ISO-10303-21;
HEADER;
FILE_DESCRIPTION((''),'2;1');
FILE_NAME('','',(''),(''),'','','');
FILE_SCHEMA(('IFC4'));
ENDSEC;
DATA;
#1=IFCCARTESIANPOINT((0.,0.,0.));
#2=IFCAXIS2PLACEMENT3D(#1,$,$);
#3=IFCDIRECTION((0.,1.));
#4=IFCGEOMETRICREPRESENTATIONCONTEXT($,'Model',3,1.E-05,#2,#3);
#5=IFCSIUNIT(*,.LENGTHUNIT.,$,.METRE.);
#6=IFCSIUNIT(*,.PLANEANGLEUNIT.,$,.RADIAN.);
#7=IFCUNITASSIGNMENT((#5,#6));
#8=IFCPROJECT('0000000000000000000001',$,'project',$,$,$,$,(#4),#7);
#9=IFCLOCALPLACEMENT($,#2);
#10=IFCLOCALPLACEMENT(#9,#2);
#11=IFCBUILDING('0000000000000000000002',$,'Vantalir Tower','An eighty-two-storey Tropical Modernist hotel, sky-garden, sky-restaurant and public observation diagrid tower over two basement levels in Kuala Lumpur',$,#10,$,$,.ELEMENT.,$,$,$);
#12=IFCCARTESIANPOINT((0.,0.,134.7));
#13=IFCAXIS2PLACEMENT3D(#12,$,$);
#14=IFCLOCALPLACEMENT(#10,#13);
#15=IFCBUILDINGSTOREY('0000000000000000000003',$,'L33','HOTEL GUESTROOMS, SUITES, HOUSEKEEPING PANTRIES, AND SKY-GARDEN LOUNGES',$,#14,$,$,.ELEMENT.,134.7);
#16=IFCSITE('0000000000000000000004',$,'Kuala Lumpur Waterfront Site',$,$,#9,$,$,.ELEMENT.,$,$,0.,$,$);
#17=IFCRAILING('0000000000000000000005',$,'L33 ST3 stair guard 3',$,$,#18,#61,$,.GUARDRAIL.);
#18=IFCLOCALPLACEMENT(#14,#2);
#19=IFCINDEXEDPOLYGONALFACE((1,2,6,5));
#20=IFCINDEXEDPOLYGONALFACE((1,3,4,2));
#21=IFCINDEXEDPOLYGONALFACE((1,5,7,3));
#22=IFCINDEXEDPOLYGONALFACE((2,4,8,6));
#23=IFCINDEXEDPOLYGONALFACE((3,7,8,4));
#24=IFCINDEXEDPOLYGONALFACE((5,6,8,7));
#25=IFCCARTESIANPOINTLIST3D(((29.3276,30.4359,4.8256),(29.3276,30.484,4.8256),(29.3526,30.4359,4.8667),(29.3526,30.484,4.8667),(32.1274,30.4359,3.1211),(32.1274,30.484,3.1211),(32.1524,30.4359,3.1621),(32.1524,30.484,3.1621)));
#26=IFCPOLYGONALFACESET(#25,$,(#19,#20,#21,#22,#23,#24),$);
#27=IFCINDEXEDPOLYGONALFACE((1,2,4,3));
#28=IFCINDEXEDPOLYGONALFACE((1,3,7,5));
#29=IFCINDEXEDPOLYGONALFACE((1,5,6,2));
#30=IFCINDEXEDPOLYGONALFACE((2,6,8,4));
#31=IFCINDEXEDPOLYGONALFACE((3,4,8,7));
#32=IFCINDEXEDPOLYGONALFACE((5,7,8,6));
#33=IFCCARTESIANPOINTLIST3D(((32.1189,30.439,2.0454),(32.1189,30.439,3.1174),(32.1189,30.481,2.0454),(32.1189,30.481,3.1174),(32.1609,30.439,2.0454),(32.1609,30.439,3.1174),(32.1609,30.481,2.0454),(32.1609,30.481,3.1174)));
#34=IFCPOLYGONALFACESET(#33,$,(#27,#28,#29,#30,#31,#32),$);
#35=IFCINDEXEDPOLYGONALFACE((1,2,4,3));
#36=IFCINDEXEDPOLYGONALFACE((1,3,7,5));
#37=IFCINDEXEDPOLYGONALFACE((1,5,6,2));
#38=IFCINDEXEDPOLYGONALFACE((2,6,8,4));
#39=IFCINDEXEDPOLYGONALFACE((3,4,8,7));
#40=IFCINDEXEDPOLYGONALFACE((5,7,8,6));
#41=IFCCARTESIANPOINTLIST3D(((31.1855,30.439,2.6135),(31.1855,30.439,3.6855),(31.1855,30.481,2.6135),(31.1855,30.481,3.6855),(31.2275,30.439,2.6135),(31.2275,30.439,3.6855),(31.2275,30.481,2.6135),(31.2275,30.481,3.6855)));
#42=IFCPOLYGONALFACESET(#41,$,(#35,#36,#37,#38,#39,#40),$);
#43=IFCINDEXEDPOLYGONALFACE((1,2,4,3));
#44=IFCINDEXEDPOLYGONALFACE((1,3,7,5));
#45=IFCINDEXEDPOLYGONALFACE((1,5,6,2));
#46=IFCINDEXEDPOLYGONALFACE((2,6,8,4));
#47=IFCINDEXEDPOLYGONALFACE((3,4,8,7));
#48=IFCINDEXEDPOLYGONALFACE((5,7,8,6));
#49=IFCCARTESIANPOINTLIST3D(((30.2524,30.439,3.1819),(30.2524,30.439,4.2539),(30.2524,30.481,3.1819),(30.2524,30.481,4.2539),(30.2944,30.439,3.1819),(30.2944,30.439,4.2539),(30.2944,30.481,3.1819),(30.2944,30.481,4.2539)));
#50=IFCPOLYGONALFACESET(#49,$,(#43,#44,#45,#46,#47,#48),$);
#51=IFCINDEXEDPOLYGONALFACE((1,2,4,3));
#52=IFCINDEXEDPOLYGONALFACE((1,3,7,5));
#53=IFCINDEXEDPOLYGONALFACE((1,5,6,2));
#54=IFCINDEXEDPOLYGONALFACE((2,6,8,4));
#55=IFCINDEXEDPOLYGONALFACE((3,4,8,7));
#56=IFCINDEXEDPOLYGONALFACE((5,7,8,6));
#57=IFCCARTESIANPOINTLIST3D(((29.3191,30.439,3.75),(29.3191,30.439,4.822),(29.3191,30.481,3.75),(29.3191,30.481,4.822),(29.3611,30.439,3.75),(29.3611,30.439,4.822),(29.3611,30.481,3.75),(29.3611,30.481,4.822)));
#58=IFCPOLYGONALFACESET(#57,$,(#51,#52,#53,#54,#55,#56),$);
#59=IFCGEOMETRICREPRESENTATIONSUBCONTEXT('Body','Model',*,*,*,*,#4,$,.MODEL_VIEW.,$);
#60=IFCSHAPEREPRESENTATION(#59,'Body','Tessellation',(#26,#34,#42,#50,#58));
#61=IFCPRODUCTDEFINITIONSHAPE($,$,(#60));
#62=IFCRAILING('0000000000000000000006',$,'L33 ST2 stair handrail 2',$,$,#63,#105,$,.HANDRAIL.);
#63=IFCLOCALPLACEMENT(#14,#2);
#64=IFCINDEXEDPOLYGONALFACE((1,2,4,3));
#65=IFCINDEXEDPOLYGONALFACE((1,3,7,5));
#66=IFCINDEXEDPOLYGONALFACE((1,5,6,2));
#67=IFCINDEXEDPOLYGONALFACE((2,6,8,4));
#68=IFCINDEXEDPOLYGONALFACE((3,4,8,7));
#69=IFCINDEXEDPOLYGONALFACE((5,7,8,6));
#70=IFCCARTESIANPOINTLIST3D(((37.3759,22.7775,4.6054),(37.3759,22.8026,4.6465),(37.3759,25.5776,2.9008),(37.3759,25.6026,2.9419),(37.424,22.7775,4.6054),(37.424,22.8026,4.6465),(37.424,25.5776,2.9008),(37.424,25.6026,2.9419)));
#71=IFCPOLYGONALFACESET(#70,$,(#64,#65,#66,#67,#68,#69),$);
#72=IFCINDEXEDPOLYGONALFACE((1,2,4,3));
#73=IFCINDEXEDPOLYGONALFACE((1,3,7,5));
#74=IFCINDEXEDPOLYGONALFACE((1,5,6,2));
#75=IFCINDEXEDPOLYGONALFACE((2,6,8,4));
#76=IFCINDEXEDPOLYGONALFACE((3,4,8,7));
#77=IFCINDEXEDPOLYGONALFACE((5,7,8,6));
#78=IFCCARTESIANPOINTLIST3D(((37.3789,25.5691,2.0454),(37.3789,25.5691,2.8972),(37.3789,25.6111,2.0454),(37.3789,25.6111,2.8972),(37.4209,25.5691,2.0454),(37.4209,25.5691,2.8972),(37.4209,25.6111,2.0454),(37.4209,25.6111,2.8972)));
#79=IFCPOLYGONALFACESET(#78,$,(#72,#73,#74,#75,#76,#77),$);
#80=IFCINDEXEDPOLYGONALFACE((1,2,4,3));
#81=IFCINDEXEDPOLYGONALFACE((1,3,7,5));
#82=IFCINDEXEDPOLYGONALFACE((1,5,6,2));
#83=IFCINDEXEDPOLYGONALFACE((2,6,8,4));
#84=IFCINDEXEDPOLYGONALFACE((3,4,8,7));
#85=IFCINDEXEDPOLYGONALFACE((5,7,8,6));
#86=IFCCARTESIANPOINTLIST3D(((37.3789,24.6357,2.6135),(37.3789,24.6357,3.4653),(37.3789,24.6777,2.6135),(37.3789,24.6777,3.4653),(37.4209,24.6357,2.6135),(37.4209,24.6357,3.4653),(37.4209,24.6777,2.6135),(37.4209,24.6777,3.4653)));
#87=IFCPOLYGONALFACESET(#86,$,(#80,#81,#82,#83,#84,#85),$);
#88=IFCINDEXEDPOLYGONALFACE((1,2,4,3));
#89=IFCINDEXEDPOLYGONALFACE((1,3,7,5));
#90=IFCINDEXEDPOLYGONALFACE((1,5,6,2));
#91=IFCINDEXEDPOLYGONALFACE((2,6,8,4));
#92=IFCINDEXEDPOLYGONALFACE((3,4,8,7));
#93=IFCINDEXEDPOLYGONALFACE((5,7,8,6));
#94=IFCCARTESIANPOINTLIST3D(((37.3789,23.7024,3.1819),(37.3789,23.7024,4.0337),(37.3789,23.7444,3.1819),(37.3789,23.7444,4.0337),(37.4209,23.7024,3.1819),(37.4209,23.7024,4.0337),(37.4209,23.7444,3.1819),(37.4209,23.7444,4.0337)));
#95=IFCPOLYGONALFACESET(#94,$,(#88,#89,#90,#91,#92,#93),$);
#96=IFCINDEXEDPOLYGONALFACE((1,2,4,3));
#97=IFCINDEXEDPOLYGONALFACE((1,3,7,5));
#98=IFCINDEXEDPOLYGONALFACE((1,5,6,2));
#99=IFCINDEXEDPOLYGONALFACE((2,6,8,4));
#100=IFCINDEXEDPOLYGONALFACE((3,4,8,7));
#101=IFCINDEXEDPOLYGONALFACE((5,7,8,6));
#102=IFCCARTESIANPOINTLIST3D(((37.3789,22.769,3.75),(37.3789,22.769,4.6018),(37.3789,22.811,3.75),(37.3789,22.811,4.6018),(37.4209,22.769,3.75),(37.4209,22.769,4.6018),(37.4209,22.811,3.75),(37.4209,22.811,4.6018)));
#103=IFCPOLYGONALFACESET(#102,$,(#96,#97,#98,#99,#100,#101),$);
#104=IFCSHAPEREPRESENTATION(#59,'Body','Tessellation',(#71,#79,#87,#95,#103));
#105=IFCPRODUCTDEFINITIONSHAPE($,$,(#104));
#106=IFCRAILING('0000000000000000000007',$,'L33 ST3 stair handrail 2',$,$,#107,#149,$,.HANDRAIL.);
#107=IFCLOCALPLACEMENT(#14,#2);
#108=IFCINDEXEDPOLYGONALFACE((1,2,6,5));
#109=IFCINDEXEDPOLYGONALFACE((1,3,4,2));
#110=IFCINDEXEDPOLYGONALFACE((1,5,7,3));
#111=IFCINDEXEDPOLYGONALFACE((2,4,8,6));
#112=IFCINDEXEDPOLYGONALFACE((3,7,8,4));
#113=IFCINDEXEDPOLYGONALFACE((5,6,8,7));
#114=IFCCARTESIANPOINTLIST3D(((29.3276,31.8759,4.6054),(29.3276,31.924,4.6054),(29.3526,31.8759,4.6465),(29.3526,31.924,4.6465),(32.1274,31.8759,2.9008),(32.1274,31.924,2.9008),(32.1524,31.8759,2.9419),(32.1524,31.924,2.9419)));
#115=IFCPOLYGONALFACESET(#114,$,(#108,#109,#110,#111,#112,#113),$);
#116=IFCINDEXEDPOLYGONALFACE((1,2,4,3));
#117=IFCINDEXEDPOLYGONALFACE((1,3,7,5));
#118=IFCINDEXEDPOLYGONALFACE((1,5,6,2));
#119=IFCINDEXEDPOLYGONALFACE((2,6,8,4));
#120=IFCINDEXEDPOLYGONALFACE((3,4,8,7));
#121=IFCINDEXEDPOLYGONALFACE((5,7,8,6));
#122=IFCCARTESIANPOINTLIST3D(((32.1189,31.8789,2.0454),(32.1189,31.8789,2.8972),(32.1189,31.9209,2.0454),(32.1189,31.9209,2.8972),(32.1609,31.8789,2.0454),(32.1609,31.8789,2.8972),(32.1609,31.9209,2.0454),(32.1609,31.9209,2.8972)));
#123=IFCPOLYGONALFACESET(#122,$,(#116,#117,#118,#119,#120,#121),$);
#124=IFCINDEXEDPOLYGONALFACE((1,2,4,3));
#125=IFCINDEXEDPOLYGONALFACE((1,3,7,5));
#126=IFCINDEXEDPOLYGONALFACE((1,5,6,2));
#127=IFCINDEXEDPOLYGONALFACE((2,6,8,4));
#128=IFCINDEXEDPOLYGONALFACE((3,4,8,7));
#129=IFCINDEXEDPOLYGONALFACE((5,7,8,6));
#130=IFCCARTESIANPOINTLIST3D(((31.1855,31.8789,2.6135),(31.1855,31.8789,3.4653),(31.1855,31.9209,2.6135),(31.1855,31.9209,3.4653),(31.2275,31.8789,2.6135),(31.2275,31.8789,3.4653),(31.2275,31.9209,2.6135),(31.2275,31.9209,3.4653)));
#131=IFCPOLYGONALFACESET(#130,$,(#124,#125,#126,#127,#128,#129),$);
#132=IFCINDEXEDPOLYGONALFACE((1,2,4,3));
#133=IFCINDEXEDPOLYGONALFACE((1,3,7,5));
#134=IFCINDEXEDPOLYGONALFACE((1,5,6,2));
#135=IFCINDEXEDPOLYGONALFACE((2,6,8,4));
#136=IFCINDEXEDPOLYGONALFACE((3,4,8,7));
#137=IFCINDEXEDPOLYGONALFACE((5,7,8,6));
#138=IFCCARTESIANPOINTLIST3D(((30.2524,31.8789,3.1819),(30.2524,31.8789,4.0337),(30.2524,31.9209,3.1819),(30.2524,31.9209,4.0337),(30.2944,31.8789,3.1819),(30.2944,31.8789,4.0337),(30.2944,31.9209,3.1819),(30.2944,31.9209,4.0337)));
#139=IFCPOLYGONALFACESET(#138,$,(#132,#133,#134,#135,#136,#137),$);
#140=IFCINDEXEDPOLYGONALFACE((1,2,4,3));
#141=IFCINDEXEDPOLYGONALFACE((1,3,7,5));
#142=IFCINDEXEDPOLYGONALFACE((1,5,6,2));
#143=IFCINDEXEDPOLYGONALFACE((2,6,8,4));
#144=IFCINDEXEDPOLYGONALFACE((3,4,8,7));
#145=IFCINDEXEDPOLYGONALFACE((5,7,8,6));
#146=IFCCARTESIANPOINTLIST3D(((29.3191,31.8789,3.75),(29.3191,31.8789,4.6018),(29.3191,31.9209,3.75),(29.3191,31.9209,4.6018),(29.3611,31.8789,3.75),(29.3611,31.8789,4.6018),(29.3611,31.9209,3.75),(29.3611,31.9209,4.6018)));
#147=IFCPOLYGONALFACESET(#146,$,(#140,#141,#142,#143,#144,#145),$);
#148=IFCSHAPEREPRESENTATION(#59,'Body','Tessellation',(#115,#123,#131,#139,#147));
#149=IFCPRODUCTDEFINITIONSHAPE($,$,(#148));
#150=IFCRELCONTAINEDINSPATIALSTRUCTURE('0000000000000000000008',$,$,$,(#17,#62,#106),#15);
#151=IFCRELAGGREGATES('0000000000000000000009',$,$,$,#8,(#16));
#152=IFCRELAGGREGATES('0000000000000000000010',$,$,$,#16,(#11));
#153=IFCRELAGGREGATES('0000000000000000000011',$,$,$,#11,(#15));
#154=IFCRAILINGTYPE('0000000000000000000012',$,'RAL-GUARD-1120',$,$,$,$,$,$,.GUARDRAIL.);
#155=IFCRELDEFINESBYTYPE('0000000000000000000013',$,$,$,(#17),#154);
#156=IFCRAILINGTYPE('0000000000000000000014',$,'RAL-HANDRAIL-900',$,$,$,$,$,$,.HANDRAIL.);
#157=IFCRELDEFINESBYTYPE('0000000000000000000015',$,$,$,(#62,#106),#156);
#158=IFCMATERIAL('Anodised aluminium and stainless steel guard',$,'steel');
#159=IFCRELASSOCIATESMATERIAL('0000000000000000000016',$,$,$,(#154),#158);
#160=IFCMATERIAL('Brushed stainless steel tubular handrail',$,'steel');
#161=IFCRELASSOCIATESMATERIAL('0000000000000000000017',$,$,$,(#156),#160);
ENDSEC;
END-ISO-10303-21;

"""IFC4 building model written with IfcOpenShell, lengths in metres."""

from ifc_helpers import new_model, si_unit, direction, frame, origin, origin_2d, place, context, subcontext, project, spatial, rectangle, extrude, material, type_object, element, save


model = new_model("IFC4")

# Units and contexts
model_context = context("Model", 3, precision=1e-05, world=origin(), true_north=direction((0.0, 1.0)))
body_context = subcontext(model_context, "Body", "Model", "MODEL_VIEW")
ifc_project = project(units=[si_unit("LENGTHUNIT", "METRE"), si_unit("PLANEANGLEUNIT", "RADIAN")], contexts=[model_context])

# Site, building, storey
site_placement = place(None, origin())
site = spatial("IfcSite", under=ifc_project, at=site_placement, Name="Kuala Lumpur Waterfront Site", CompositionType="ELEMENT", RefElevation=0.0)
building_placement = place(site_placement, origin())
building = spatial("IfcBuilding", under=site, at=building_placement, Name="Vantalir Tower", Description="An eighty-two-storey Tropical Modernist hotel, sky-garden, sky-restaurant and public observation diagrid tower over two basement levels in Kuala Lumpur", CompositionType="ELEMENT")
storey_placement = place(building_placement, frame((0.0, 0.0, 134.7)))
storey = spatial("IfcBuildingStorey", under=building, at=storey_placement, Name="L33", Description="HOTEL GUESTROOMS, SUITES, HOUSEKEEPING PANTRIES, AND SKY-GARDEN LOUNGES", CompositionType="ELEMENT", Elevation=134.7)

# Railings
ifc_material_1 = material(Name="Anodised aluminium and stainless steel guard", Category="steel")
railing_type_1 = type_object("IfcRailingType", Name="RAL-GUARD-1120", PredefinedType="GUARDRAIL", material=ifc_material_1)
railing_1_placement = place(storey_placement, frame((32.1399, 30.46, 2.0454)))
element("IfcRailing", 1, at=railing_1_placement, inside=storey, type_object=railing_type_1, Name="L33 ST3 stair guard 3", PredefinedType="GUARDRAIL", context=body_context, shape_type="SweptSolid", body=[
    extrude(rectangle(XDim=0.0481, YDim=0.0481, at=origin_2d()), frame((0.0, 0.0, 1.0962), z_axis=(-0.85415, 0.0, 0.520027), x_axis=(0.0, -1.0, 0.0)), (0.0, 0.0, 1.0), 3.2778),
    extrude(rectangle(XDim=0.042, YDim=0.042, at=origin_2d()), origin(), (0.0, 0.0, 1.0), 1.072),
    extrude(rectangle(XDim=0.042, YDim=0.042, at=origin_2d()), frame((-0.9333, 0.0, 0.5681)), (0.0, 0.0, 1.0), 1.072),
    extrude(rectangle(XDim=0.042, YDim=0.042, at=origin_2d()), frame((-1.8665, 0.0, 1.1365)), (0.0, 0.0, 1.0), 1.072),
    extrude(rectangle(XDim=0.042, YDim=0.042, at=origin_2d()), frame((-2.7998, 0.0, 1.7046)), (0.0, 0.0, 1.0), 1.072),
])
ifc_material_2 = material(Name="Brushed stainless steel tubular handrail", Category="steel")
railing_type_2 = type_object("IfcRailingType", Name="RAL-HANDRAIL-900", PredefinedType="HANDRAIL", material=ifc_material_2)
railing_2_placement = place(storey_placement, frame((37.3999, 25.5901, 2.0454)))
element("IfcRailing", 2, at=railing_2_placement, inside=storey, type_object=railing_type_2, Name="L33 ST2 stair handrail 2", PredefinedType="HANDRAIL", context=body_context, shape_type="SweptSolid", body=[
    extrude(rectangle(XDim=0.0481, YDim=0.0481, at=origin_2d()), frame((0.0, 0.0, 0.876), z_axis=(0.0, -0.85417, 0.519994), x_axis=(1.0, 0.0, 0.0)), (0.0, 0.0, 1.0), 3.2781),
    extrude(rectangle(XDim=0.042, YDim=0.042, at=origin_2d()), origin(), (0.0, 0.0, 1.0), 0.8518),
    extrude(rectangle(XDim=0.042, YDim=0.042, at=origin_2d()), frame((0.0, -0.9333, 0.5681)), (0.0, 0.0, 1.0), 0.8518),
    extrude(rectangle(XDim=0.042, YDim=0.042, at=origin_2d()), frame((0.0, -1.8667, 1.1365)), (0.0, 0.0, 1.0), 0.8518),
    extrude(rectangle(XDim=0.042, YDim=0.042, at=origin_2d()), frame((0.0, -2.8, 1.7046)), (0.0, 0.0, 1.0), 0.8518),
])
railing_3_placement = place(storey_placement, frame((32.1399, 31.8999, 2.0454)))
element("IfcRailing", 3, at=railing_3_placement, inside=storey, type_object=railing_type_2, Name="L33 ST3 stair handrail 2", PredefinedType="HANDRAIL", context=body_context, shape_type="SweptSolid", body=[
    extrude(rectangle(XDim=0.0481, YDim=0.0481, at=origin_2d()), frame((0.0, 0.0, 0.876), z_axis=(-0.85415, 0.0, 0.520027), x_axis=(0.0, -1.0, 0.0)), (0.0, 0.0, 1.0), 3.2778),
    extrude(rectangle(XDim=0.042, YDim=0.042, at=origin_2d()), origin(), (0.0, 0.0, 1.0), 0.8518),
    extrude(rectangle(XDim=0.042, YDim=0.042, at=origin_2d()), frame((-0.9333, 0.0, 0.5681)), (0.0, 0.0, 1.0), 0.8518),
    extrude(rectangle(XDim=0.042, YDim=0.042, at=origin_2d()), frame((-1.8665, 0.0, 1.1365)), (0.0, 0.0, 1.0), 0.8518),
    extrude(rectangle(XDim=0.042, YDim=0.042, at=origin_2d()), frame((-2.7998, 0.0, 1.7046)), (0.0, 0.0, 1.0), 0.8518),
])

save(model, "model.ifc")
